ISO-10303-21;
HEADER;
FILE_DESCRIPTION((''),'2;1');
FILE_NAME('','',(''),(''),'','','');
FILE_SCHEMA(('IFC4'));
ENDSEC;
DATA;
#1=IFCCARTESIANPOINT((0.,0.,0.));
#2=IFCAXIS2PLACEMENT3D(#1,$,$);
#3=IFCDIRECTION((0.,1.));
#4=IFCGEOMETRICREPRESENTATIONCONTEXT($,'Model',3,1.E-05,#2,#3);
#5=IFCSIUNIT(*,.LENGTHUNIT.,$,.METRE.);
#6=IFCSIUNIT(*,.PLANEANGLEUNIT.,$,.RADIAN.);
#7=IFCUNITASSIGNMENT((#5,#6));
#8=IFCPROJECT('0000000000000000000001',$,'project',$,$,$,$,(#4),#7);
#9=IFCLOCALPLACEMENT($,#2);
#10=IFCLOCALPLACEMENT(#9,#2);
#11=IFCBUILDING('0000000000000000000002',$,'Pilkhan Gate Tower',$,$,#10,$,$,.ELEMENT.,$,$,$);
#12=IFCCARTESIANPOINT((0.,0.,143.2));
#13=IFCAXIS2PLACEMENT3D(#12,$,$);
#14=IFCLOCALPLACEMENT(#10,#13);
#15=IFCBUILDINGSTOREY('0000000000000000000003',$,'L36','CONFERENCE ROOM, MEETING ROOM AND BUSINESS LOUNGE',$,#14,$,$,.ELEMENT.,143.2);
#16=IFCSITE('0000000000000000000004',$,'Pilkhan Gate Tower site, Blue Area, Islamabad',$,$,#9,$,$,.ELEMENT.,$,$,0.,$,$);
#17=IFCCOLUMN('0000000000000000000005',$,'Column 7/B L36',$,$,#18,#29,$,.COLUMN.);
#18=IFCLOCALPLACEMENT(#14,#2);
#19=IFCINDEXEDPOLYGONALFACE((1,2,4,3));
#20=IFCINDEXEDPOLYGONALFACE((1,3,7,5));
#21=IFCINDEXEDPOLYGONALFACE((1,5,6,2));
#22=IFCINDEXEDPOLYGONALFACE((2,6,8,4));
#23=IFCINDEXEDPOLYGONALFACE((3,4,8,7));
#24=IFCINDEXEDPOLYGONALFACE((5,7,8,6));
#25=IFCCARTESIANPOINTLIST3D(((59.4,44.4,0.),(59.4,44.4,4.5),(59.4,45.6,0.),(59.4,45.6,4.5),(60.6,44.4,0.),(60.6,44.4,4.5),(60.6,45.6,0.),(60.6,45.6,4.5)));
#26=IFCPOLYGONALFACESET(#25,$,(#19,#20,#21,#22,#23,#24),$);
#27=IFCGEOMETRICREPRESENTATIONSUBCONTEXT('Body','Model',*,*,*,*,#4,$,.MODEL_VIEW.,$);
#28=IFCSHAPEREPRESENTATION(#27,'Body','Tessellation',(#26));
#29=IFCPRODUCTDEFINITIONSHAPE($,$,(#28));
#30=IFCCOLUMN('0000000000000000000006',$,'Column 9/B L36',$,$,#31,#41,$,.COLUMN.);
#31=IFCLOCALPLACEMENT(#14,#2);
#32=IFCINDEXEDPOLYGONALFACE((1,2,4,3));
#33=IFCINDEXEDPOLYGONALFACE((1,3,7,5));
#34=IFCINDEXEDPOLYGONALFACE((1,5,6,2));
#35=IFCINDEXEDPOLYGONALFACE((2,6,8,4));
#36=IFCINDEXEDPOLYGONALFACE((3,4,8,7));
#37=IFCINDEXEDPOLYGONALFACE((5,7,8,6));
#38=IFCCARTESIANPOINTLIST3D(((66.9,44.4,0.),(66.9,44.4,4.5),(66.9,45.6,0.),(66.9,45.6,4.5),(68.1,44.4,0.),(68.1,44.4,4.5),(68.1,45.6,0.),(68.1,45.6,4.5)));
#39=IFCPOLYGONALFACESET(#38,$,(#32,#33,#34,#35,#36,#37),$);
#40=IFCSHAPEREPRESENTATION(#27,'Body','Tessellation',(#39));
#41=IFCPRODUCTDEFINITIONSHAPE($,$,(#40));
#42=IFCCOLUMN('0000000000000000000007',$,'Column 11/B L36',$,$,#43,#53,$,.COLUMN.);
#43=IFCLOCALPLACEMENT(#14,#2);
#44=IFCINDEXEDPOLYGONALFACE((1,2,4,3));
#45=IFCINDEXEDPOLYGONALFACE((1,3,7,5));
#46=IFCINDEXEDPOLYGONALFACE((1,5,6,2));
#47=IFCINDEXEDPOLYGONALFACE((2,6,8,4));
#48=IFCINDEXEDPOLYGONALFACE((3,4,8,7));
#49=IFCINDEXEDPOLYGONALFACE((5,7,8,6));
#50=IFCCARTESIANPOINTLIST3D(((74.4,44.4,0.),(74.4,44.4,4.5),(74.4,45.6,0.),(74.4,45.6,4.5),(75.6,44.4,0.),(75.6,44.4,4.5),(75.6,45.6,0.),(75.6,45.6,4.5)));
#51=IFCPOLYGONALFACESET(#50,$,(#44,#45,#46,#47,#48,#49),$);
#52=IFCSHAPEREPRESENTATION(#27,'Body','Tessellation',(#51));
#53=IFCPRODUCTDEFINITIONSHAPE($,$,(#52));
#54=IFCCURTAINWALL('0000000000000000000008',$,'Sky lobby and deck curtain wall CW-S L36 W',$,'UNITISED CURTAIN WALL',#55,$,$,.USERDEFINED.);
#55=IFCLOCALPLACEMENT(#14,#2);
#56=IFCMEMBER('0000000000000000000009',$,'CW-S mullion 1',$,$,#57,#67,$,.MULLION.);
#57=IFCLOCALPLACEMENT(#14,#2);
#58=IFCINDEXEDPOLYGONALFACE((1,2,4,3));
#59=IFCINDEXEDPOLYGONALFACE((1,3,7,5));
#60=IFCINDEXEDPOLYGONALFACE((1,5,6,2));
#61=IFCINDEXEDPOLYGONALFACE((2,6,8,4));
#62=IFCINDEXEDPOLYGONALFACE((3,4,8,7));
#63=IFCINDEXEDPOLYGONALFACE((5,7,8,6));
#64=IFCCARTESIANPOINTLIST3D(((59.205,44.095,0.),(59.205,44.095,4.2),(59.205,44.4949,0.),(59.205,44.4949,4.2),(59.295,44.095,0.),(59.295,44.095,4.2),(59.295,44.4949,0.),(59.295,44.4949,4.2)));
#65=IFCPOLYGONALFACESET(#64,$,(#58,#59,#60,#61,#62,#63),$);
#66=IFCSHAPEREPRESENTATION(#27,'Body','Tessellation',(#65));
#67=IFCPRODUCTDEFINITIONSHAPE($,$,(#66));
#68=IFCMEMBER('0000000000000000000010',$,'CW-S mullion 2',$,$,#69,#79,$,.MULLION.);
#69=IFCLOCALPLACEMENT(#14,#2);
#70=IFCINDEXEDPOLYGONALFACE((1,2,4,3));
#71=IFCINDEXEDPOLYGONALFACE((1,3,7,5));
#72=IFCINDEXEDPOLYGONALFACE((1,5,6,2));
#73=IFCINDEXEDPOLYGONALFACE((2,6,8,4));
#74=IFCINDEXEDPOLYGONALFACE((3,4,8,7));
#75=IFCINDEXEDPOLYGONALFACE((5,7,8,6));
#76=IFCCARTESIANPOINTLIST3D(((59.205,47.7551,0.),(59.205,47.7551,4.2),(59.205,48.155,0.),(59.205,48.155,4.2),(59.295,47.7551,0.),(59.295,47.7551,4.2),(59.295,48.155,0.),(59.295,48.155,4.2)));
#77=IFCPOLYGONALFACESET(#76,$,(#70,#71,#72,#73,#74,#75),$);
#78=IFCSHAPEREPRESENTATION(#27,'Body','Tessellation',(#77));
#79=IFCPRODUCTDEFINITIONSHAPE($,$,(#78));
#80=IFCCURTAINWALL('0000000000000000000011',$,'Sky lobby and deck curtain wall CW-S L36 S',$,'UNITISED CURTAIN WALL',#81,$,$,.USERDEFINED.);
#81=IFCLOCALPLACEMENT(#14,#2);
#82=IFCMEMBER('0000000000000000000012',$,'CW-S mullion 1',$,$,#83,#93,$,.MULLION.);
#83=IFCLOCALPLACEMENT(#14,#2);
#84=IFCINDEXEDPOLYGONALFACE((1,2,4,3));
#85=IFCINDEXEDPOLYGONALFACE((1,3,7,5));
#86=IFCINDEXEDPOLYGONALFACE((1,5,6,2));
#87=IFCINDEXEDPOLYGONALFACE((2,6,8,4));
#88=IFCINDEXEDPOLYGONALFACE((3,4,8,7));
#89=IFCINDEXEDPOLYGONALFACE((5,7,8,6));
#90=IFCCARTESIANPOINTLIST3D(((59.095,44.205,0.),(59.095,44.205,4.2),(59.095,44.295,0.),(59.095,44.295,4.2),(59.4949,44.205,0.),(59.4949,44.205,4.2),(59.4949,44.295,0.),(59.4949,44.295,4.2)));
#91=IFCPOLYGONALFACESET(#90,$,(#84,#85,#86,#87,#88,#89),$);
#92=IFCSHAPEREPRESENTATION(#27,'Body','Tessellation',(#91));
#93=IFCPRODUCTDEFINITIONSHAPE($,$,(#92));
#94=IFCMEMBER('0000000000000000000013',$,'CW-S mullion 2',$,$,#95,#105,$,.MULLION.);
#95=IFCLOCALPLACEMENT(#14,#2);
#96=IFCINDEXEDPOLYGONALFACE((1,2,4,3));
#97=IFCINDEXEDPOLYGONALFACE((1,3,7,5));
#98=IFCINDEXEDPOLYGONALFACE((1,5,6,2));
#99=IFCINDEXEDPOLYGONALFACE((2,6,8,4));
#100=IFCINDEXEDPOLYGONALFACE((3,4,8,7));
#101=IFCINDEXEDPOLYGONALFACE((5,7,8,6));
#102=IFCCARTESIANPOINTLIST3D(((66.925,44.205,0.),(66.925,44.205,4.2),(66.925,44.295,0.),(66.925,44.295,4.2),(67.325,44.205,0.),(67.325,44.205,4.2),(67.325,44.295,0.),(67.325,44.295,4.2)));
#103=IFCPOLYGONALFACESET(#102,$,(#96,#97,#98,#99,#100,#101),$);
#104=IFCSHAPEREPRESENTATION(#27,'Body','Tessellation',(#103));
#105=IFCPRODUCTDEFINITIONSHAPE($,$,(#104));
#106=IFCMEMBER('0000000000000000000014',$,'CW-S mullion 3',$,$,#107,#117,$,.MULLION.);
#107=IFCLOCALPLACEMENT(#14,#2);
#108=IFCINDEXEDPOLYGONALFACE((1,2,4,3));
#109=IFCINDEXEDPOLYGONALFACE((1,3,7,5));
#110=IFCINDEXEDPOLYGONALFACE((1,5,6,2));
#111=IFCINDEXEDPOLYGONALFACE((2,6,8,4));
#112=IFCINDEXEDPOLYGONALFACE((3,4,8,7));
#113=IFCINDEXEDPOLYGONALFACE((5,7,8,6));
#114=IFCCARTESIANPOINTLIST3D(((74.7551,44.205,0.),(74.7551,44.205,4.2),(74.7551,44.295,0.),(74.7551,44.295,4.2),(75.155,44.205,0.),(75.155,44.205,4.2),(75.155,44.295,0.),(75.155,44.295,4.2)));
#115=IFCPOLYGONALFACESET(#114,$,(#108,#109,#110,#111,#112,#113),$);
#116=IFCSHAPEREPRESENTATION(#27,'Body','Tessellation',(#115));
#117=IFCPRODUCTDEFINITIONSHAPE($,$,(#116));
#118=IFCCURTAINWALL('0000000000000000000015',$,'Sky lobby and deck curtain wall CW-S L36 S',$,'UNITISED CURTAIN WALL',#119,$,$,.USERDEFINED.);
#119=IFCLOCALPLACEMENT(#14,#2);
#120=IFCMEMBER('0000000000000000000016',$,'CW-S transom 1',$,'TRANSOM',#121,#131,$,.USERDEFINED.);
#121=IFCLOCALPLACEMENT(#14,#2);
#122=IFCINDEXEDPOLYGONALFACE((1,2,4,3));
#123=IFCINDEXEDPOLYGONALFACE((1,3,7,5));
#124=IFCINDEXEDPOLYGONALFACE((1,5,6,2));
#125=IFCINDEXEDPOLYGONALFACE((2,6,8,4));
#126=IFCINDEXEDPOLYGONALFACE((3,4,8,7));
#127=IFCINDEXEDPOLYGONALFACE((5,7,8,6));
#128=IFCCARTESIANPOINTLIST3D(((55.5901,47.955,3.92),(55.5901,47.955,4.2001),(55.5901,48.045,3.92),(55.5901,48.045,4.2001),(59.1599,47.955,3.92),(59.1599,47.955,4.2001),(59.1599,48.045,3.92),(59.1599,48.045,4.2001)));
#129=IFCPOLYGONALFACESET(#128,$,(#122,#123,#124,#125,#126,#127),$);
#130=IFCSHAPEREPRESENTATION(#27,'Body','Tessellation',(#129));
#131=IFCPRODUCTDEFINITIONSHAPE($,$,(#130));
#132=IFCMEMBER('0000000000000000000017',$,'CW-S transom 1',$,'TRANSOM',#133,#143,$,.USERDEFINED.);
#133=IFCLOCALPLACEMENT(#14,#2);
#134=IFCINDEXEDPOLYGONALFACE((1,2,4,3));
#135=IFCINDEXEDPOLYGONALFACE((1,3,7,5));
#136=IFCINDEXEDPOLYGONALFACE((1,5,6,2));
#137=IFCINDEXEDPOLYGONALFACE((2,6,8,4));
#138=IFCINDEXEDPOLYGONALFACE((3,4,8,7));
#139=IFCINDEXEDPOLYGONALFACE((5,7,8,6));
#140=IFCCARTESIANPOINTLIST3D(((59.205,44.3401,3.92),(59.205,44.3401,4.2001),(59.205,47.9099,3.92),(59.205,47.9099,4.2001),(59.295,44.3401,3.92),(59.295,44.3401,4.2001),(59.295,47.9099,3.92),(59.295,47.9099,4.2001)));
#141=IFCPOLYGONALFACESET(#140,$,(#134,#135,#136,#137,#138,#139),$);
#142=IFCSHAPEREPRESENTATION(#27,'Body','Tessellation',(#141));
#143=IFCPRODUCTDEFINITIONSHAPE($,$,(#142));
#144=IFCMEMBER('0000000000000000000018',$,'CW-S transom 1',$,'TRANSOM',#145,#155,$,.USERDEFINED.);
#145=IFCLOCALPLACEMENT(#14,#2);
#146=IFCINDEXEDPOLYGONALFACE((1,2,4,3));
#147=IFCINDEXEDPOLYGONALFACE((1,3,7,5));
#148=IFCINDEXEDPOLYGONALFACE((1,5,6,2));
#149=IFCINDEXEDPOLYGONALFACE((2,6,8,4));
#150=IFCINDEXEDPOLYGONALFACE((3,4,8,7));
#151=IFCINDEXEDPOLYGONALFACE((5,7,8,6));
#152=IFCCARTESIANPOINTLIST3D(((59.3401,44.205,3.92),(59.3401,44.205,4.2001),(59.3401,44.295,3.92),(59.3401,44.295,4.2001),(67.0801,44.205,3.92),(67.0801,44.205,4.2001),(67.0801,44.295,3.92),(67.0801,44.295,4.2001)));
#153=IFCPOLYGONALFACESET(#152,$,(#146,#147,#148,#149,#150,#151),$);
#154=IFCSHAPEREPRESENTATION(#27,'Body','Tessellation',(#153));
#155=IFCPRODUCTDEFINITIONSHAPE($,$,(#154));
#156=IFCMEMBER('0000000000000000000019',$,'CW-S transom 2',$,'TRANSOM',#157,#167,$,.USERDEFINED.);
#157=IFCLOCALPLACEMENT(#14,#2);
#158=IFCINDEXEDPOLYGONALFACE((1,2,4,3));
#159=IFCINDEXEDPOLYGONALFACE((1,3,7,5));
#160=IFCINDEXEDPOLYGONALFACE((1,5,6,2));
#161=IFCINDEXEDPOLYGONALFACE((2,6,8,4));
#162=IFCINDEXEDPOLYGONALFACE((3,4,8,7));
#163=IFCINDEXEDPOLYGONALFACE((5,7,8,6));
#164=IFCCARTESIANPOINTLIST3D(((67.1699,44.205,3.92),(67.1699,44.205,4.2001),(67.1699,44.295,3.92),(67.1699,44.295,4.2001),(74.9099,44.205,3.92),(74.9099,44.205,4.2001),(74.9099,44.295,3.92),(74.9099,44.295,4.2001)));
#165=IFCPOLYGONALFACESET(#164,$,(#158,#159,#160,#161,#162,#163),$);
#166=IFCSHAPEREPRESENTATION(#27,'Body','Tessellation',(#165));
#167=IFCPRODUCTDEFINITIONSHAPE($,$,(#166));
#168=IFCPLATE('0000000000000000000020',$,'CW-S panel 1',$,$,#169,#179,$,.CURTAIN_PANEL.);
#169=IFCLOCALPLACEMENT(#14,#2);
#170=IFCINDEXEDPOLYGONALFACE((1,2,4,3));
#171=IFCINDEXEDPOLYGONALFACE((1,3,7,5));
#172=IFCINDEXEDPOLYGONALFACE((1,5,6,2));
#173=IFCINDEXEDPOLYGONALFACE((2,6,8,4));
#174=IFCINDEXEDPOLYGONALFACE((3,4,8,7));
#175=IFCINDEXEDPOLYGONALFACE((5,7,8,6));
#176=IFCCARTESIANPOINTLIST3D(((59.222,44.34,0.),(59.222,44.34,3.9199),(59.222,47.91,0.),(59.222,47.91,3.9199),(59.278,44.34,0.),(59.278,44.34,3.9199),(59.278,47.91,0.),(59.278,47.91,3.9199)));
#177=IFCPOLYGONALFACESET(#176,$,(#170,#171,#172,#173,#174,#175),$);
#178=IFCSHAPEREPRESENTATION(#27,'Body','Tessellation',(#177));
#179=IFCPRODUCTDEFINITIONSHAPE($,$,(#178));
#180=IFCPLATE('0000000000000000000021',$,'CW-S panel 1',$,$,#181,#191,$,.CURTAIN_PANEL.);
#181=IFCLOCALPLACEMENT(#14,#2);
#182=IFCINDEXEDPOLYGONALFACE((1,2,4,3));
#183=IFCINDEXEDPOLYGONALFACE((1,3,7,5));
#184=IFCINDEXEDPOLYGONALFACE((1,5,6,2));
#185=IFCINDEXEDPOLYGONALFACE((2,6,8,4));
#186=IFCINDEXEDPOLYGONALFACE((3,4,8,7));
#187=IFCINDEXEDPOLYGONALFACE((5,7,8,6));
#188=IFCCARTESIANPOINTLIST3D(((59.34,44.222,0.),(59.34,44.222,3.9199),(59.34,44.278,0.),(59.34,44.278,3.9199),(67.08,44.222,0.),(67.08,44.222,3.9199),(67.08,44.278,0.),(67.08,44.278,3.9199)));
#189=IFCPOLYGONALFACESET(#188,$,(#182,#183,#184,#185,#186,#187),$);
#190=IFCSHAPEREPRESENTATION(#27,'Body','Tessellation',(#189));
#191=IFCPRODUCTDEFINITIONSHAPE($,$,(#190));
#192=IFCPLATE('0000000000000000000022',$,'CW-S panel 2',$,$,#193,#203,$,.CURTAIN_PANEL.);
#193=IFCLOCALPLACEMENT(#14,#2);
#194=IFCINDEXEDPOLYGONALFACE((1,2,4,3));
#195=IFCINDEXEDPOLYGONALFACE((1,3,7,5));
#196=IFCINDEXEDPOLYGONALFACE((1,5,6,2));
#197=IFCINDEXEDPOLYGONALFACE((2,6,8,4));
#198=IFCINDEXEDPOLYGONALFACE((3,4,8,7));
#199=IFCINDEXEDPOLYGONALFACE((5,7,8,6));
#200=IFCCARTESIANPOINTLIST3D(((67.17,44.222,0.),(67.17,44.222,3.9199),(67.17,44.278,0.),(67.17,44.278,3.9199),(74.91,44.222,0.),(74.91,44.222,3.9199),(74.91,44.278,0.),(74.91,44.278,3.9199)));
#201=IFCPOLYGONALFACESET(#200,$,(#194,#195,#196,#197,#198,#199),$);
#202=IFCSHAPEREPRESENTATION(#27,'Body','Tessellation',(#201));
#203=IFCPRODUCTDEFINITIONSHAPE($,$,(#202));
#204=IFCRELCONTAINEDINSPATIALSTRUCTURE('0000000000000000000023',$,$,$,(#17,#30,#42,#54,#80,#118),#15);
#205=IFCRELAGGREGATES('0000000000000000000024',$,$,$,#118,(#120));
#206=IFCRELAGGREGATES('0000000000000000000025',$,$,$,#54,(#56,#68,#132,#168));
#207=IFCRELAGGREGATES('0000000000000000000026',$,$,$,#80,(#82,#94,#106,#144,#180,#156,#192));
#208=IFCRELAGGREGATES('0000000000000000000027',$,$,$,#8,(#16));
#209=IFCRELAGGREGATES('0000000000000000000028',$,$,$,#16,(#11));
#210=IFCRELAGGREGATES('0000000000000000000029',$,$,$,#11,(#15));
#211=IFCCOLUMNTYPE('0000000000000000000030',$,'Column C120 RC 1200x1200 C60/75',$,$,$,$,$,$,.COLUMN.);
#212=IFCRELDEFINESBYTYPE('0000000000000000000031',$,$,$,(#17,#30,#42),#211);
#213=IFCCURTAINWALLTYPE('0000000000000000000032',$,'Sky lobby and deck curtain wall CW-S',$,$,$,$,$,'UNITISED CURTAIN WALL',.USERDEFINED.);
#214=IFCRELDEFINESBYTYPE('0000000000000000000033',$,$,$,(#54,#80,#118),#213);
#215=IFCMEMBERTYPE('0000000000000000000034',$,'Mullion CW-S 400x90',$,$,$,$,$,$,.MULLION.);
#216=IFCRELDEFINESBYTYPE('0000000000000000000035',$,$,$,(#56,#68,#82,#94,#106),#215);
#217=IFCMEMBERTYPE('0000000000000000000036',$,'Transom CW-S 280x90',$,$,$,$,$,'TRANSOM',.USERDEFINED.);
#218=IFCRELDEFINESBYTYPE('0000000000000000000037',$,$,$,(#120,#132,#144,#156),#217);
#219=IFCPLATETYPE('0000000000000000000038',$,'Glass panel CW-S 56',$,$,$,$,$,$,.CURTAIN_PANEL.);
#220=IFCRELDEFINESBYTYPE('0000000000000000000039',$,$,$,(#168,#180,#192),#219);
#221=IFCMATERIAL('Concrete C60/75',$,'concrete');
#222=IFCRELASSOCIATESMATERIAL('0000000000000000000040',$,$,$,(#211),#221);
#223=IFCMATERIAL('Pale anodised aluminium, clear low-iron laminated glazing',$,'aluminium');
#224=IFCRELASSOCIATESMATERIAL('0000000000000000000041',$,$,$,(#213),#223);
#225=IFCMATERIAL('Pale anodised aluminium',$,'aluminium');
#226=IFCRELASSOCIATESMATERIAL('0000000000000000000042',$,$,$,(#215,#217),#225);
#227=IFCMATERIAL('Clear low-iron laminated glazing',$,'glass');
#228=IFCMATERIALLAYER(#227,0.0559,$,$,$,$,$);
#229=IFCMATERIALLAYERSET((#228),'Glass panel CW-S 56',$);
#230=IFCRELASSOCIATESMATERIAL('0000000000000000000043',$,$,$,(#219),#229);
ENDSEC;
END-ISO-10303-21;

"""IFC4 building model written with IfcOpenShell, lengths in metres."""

from ifc_helpers import new_model, si_unit, direction, frame, origin, origin_2d, place, context, subcontext, project, spatial, rectangle, extrude, material, layer, layer_set, material_profile, profile_set, type_object, element, aggregate, save


model = new_model("IFC4")

# Units and contexts
model_context = context("Model", 3, precision=1e-05, world=origin(), true_north=direction((0.0, 1.0)))
body_context = subcontext(model_context, "Body", "Model", "MODEL_VIEW")
ifc_project = project(units=[si_unit("LENGTHUNIT", "METRE"), si_unit("PLANEANGLEUNIT", "RADIAN")], contexts=[model_context])

# Site, building, storey
site_placement = place(None, origin())
site = spatial("IfcSite", under=ifc_project, at=site_placement, Name="Pilkhan Gate Tower site, Blue Area, Islamabad", CompositionType="ELEMENT", RefElevation=0.0)
building_placement = place(site_placement, origin())
building = spatial("IfcBuilding", under=site, at=building_placement, Name="Pilkhan Gate Tower", CompositionType="ELEMENT")
storey_placement = place(building_placement, frame((0.0, 0.0, 143.2)))
storey = spatial("IfcBuildingStorey", under=building, at=storey_placement, Name="L36", Description="CONFERENCE ROOM, MEETING ROOM AND BUSINESS LOUNGE", CompositionType="ELEMENT", Elevation=143.2)

# Columns
ifc_material_1 = material(Name="Concrete C60/75", Category="concrete")
ifc_material_profile_1 = material_profile(ifc_material_1, rectangle(XDim=1.2, YDim=1.2, at=origin_2d()), Name="RC 1200x1200")
ifc_profile_set_1 = profile_set([ifc_material_profile_1], Name="Concrete C60/75")
column_type = type_object("IfcColumnType", Name="Column C120 RC 1200x1200 C60/75", PredefinedType="COLUMN", material=ifc_profile_set_1)
for number, where, z_axis, x_axis, name in (
    (1, (60.0, 45.0, 0.0), (0.0, 0.0, 1.0), (1.0, 0.0, 0.0), "Column 7/B L36"),
    (2, (67.5, 45.0, 0.0), (0.0, 0.0, 1.0), (1.0, 0.0, 0.0), "Column 9/B L36"),
    (3, (75.0, 45.0, 0.0), (0.0, 0.0, 1.0), (1.0, 0.0, 0.0), "Column 11/B L36"),
):
    element("IfcColumn", number, at=place(storey_placement, frame(where, z_axis=z_axis, x_axis=x_axis)), inside=storey, type_object=column_type, Name=name, PredefinedType="COLUMN", context=body_context, shape_type="SweptSolid", body=[
        extrude(rectangle(XDim=1.2, YDim=1.2, at=origin_2d()), origin(), (0.0, 0.0, 1.0), 4.5),
    ])

# Curtain walls, members
ifc_material_2 = material(Name="Pale anodised aluminium, clear low-iron laminated glazing", Category="aluminium")
curtain_wall_type = type_object("IfcCurtainWallType", Name="Sky lobby and deck curtain wall CW-S", ElementType="UNITISED CURTAIN WALL", PredefinedType="USERDEFINED", material=ifc_material_2)
curtain_wall_1_placement = place(storey_placement, origin())
curtain_wall_1 = element("IfcCurtainWall", 4, at=curtain_wall_1_placement, inside=storey, type_object=curtain_wall_type, Name="Sky lobby and deck curtain wall CW-S L36 W", ObjectType="UNITISED CURTAIN WALL", PredefinedType="USERDEFINED")
ifc_material_3 = material(Name="Pale anodised aluminium", Category="aluminium")
ifc_material_profile_2 = material_profile(ifc_material_3, rectangle(XDim=0.0901, YDim=0.3999, at=origin_2d()), Name="Mullion 400x90")
ifc_profile_set_2 = profile_set([ifc_material_profile_2], Name="Pale anodised aluminium")
member_type_1 = type_object("IfcMemberType", Name="Mullion CW-S 400x90", PredefinedType="MULLION", material=ifc_profile_set_2)
member_1_placement = place(storey_placement, frame((59.25, 44.2949, 0.0), z_axis=(0.0, 0.0, 1.0), x_axis=(-1.0, 0.0, 0.0)))
member_1 = element("IfcMember", 5, at=member_1_placement, type_object=member_type_1, Name="CW-S mullion 1", PredefinedType="MULLION", context=body_context, shape_type="SweptSolid", body=[
    extrude(rectangle(XDim=0.0901, YDim=0.3999, at=origin_2d()), origin(), (0.0, 0.0, 1.0), 4.2),
])
member_2_placement = place(storey_placement, frame((59.25, 47.9551, 0.0), z_axis=(0.0, 0.0, 1.0), x_axis=(-1.0, 0.0, 0.0)))
member_2 = element("IfcMember", 6, at=member_2_placement, type_object=member_type_1, Name="CW-S mullion 2", PredefinedType="MULLION", context=body_context, shape_type="SweptSolid", body=[
    extrude(rectangle(XDim=0.0901, YDim=0.3999, at=origin_2d()), origin(), (0.0, 0.0, 1.0), 4.2),
])
curtain_wall_2_placement = place(storey_placement, origin())
curtain_wall_2 = element("IfcCurtainWall", 7, at=curtain_wall_2_placement, inside=storey, type_object=curtain_wall_type, Name="Sky lobby and deck curtain wall CW-S L36 S", ObjectType="UNITISED CURTAIN WALL", PredefinedType="USERDEFINED")
member_3_placement = place(storey_placement, frame((59.2949, 44.25, 0.0), z_axis=(0.0, 0.0, 1.0), x_axis=(0.0, 1.0, 0.0)))
member_3 = element("IfcMember", 8, at=member_3_placement, type_object=member_type_1, Name="CW-S mullion 1", PredefinedType="MULLION", context=body_context, shape_type="SweptSolid", body=[
    extrude(rectangle(XDim=0.0901, YDim=0.3999, at=origin_2d()), origin(), (0.0, 0.0, 1.0), 4.2),
])
member_4_placement = place(storey_placement, frame((67.125, 44.25, 0.0), z_axis=(0.0, 0.0, 1.0), x_axis=(0.0, 1.0, 0.0)))
member_4 = element("IfcMember", 9, at=member_4_placement, type_object=member_type_1, Name="CW-S mullion 2", PredefinedType="MULLION", context=body_context, shape_type="SweptSolid", body=[
    extrude(rectangle(XDim=0.0901, YDim=0.3999, at=origin_2d()), origin(), (0.0, 0.0, 1.0), 4.2),
])
member_5_placement = place(storey_placement, frame((74.9551, 44.25, 0.0), z_axis=(0.0, 0.0, 1.0), x_axis=(0.0, 1.0, 0.0)))
member_5 = element("IfcMember", 10, at=member_5_placement, type_object=member_type_1, Name="CW-S mullion 3", PredefinedType="MULLION", context=body_context, shape_type="SweptSolid", body=[
    extrude(rectangle(XDim=0.0901, YDim=0.3999, at=origin_2d()), origin(), (0.0, 0.0, 1.0), 4.2),
])

# Curtain wall, member
curtain_wall_3_placement = place(storey_placement, origin())
curtain_wall_3 = element("IfcCurtainWall", 11, at=curtain_wall_3_placement, inside=storey, type_object=curtain_wall_type, Name="Sky lobby and deck curtain wall CW-S L36 S", ObjectType="UNITISED CURTAIN WALL", PredefinedType="USERDEFINED")
ifc_material_profile_3 = material_profile(ifc_material_3, rectangle(XDim=0.0901, YDim=0.28, at=origin_2d()), Name="Transom 280x90")
ifc_profile_set_3 = profile_set([ifc_material_profile_3], Name="Pale anodised aluminium")
member_type_2 = type_object("IfcMemberType", Name="Transom CW-S 280x90", ElementType="TRANSOM", PredefinedType="USERDEFINED", material=ifc_profile_set_3)
member_6_placement = place(storey_placement, frame((55.5901, 48.0, 4.0601), z_axis=(1.0, 0.0, 0.0), x_axis=(0.0, 1.0, 0.0)))
member_6 = element("IfcMember", 12, at=member_6_placement, type_object=member_type_2, Name="CW-S transom 1", ObjectType="TRANSOM", PredefinedType="USERDEFINED", context=body_context, shape_type="SweptSolid", body=[
    extrude(rectangle(XDim=0.0901, YDim=0.28, at=origin_2d()), origin(), (0.0, 0.0, 1.0), 3.5698),
])
aggregate(curtain_wall_3, [member_6])

# Members
member_7_placement = place(storey_placement, frame((59.25, 44.3401, 4.0601), z_axis=(0.0, 1.0, 0.0), x_axis=(-1.0, 0.0, 0.0)))
member_7 = element("IfcMember", 13, at=member_7_placement, type_object=member_type_2, Name="CW-S transom 1", ObjectType="TRANSOM", PredefinedType="USERDEFINED", context=body_context, shape_type="SweptSolid", body=[
    extrude(rectangle(XDim=0.0901, YDim=0.28, at=origin_2d()), origin(), (0.0, 0.0, 1.0), 3.5698),
])
member_8_placement = place(storey_placement, frame((59.3401, 44.25, 4.0601), z_axis=(1.0, 0.0, 0.0), x_axis=(0.0, 1.0, 0.0)))
member_8 = element("IfcMember", 14, at=member_8_placement, type_object=member_type_2, Name="CW-S transom 1", ObjectType="TRANSOM", PredefinedType="USERDEFINED", context=body_context, shape_type="SweptSolid", body=[
    extrude(rectangle(XDim=0.0901, YDim=0.28, at=origin_2d()), origin(), (0.0, 0.0, 1.0), 7.74),
])
member_9_placement = place(storey_placement, frame((67.1699, 44.25, 4.0601), z_axis=(1.0, 0.0, 0.0), x_axis=(0.0, 1.0, 0.0)))
member_9 = element("IfcMember", 15, at=member_9_placement, type_object=member_type_2, Name="CW-S transom 2", ObjectType="TRANSOM", PredefinedType="USERDEFINED", context=body_context, shape_type="SweptSolid", body=[
    extrude(rectangle(XDim=0.0901, YDim=0.28, at=origin_2d()), origin(), (0.0, 0.0, 1.0), 7.74),
])

# Plates
ifc_material_4 = material(Name="Clear low-iron laminated glazing", Category="glass")
ifc_layer_1 = layer(ifc_material_4, 0.0559)
ifc_layer_set_1 = layer_set([ifc_layer_1], Name="Glass panel CW-S 56")
plate_type = type_object("IfcPlateType", Name="Glass panel CW-S 56", PredefinedType="CURTAIN_PANEL", material=ifc_layer_set_1)
plate_1_placement = place(storey_placement, frame((59.25, 46.125, 0.0), z_axis=(0.0, 0.0, 1.0), x_axis=(0.0, 1.0, 0.0)))
plate_1 = element("IfcPlate", 16, at=plate_1_placement, type_object=plate_type, Name="CW-S panel 1", PredefinedType="CURTAIN_PANEL", context=body_context, shape_type="SweptSolid", body=[
    extrude(rectangle(XDim=3.5701, YDim=0.0559, at=origin_2d()), origin(), (0.0, 0.0, 1.0), 3.9199),
])
aggregate(curtain_wall_1, [member_1, member_2, member_7, plate_1])
plate_2_placement = place(storey_placement, frame((63.21, 44.25, 0.0), z_axis=(0.0, 0.0, 1.0), x_axis=(1.0, 0.0, 0.0)))
plate_2 = element("IfcPlate", 17, at=plate_2_placement, type_object=plate_type, Name="CW-S panel 1", PredefinedType="CURTAIN_PANEL", context=body_context, shape_type="SweptSolid", body=[
    extrude(rectangle(XDim=7.74, YDim=0.0559, at=origin_2d()), origin(), (0.0, 0.0, 1.0), 3.9199),
])
plate_3_placement = place(storey_placement, frame((71.04, 44.25, 0.0), z_axis=(0.0, 0.0, 1.0), x_axis=(1.0, 0.0, 0.0)))
plate_3 = element("IfcPlate", 18, at=plate_3_placement, type_object=plate_type, Name="CW-S panel 2", PredefinedType="CURTAIN_PANEL", context=body_context, shape_type="SweptSolid", body=[
    extrude(rectangle(XDim=7.74, YDim=0.0559, at=origin_2d()), origin(), (0.0, 0.0, 1.0), 3.9199),
])
aggregate(curtain_wall_2, [member_3, member_4, member_5, member_8, plate_2, member_9, plate_3])

save(model, "model.ifc")
